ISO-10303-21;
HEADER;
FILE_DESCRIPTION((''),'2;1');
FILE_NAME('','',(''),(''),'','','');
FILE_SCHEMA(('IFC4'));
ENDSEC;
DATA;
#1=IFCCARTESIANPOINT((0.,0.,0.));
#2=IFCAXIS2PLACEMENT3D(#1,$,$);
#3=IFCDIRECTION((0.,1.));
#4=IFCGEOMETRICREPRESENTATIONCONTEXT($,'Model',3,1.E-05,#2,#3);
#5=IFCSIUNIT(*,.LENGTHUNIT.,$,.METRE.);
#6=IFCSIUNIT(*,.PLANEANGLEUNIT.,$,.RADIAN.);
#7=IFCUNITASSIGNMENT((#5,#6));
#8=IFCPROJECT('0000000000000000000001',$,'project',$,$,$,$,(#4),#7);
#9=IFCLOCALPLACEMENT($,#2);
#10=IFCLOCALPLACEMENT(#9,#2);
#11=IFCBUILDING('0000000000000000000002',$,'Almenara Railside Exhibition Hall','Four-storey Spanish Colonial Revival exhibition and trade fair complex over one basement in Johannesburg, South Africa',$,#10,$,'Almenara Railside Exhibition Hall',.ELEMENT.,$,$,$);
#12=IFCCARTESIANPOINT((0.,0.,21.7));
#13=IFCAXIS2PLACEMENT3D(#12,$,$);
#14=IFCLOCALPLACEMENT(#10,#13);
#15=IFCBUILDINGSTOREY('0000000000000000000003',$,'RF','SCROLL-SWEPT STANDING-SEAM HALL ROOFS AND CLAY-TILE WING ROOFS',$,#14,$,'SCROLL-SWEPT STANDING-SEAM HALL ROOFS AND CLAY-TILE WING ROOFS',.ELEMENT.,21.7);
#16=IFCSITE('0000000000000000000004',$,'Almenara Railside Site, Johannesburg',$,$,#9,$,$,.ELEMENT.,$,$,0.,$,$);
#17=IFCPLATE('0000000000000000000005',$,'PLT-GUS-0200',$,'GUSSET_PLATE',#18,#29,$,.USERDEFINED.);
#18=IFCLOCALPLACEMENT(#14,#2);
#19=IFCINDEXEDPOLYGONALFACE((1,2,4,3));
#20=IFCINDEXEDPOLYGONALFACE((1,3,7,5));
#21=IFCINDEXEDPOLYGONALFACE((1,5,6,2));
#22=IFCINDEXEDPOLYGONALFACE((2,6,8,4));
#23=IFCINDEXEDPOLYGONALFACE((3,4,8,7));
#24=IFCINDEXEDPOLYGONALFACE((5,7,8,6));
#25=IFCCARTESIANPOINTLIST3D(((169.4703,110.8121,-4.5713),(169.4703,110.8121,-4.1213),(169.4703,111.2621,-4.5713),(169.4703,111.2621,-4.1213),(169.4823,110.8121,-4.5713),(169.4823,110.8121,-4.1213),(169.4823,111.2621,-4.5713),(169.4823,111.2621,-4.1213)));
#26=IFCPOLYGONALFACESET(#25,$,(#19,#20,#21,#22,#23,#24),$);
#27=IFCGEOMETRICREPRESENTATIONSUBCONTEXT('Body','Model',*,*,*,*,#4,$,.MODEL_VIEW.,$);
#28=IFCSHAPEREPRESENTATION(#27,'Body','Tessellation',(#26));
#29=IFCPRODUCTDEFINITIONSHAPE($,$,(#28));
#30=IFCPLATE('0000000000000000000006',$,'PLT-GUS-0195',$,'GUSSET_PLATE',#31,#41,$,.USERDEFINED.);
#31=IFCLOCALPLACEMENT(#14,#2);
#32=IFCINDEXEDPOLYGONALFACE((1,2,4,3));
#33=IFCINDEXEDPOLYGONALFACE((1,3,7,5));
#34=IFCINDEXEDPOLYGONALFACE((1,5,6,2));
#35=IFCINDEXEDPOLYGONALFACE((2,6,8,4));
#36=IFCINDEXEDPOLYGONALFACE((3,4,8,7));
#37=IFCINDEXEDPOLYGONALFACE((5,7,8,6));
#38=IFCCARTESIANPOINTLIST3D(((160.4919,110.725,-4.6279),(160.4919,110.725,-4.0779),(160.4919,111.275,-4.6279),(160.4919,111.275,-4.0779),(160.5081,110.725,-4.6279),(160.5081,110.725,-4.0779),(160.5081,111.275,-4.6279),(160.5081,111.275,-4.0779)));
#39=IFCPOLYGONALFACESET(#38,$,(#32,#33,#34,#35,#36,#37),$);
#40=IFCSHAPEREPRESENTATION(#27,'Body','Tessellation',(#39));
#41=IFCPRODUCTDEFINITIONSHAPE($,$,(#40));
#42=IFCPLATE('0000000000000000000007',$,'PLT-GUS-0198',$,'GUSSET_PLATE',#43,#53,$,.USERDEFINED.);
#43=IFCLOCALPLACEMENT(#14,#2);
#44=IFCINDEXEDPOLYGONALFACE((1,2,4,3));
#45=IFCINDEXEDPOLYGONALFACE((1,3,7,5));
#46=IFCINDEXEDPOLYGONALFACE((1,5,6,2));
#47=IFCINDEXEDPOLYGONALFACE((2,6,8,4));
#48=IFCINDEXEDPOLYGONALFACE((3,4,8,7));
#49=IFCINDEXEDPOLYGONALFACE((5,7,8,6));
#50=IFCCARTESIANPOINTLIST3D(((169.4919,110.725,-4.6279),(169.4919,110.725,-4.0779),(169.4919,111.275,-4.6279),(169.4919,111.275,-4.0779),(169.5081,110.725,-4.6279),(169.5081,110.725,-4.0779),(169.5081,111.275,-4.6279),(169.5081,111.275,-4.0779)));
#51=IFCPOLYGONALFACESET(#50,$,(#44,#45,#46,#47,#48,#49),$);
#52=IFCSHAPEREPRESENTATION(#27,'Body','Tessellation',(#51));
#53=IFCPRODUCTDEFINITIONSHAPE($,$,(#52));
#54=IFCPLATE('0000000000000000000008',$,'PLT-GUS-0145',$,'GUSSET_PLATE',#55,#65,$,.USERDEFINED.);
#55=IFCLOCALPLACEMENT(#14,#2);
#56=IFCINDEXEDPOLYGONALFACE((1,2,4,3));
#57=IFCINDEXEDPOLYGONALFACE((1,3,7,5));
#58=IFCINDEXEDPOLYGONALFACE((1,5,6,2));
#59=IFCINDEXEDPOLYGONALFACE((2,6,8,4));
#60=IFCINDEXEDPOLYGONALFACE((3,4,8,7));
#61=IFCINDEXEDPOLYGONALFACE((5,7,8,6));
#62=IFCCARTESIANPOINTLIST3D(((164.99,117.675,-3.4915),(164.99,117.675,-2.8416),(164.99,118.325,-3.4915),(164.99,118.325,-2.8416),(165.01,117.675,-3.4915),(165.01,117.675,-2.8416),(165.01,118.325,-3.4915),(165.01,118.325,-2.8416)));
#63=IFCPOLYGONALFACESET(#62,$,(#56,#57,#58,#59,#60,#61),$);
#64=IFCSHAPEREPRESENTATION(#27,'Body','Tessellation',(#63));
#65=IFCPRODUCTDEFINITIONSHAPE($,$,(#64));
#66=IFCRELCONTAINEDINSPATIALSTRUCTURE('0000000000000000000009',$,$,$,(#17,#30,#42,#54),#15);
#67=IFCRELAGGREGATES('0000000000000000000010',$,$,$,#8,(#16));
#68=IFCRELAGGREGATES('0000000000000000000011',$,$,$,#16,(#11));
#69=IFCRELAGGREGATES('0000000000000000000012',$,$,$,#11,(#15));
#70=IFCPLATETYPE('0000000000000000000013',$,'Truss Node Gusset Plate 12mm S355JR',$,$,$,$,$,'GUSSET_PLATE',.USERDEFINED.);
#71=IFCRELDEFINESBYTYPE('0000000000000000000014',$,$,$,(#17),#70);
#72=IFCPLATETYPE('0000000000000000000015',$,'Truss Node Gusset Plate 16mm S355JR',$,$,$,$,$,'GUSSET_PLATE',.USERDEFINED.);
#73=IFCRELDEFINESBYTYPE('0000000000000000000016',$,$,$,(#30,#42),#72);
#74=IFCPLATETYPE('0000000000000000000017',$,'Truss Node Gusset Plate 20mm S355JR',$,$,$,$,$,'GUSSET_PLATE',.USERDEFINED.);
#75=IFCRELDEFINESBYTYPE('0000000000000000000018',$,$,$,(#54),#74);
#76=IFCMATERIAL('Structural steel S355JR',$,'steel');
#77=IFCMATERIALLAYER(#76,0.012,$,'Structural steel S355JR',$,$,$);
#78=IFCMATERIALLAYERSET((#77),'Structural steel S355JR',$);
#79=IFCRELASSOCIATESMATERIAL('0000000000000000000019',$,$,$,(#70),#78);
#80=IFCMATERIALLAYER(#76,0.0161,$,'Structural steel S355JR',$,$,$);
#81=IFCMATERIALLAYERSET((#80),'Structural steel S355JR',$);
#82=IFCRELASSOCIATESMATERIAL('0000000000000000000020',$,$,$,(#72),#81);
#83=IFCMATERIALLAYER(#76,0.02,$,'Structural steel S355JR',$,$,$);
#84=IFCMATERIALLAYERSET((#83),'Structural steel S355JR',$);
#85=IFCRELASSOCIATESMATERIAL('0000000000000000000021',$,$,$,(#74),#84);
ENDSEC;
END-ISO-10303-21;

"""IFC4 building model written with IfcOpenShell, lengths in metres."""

from ifc_helpers import new_model, si_unit, direction, frame, origin, origin_2d, place, context, subcontext, project, spatial, rectangle, extrude, material, layer, layer_set, type_object, element, save


model = new_model("IFC4")

# Units and contexts
model_context = context("Model", 3, precision=1e-05, world=origin(), true_north=direction((0.0, 1.0)))
body_context = subcontext(model_context, "Body", "Model", "MODEL_VIEW")
ifc_project = project(units=[si_unit("LENGTHUNIT", "METRE"), si_unit("PLANEANGLEUNIT", "RADIAN")], contexts=[model_context])

# Site, building, storey
site_placement = place(None, origin())
site = spatial("IfcSite", under=ifc_project, at=site_placement, Name="Almenara Railside Site, Johannesburg", CompositionType="ELEMENT", RefElevation=0.0)
building_placement = place(site_placement, origin())
building = spatial("IfcBuilding", under=site, at=building_placement, Name="Almenara Railside Exhibition Hall", Description="Four-storey Spanish Colonial Revival exhibition and trade fair complex over one basement in Johannesburg, South Africa", LongName="Almenara Railside Exhibition Hall", CompositionType="ELEMENT")
storey_placement = place(building_placement, frame((0.0, 0.0, 21.7)))
storey = spatial("IfcBuildingStorey", under=building, at=storey_placement, Name="RF", Description="SCROLL-SWEPT STANDING-SEAM HALL ROOFS AND CLAY-TILE WING ROOFS", LongName="SCROLL-SWEPT STANDING-SEAM HALL ROOFS AND CLAY-TILE WING ROOFS", CompositionType="ELEMENT", Elevation=21.7)

# Shared definitions
ifc_material_1 = material(Name="Structural steel S355JR", Category="steel")

# Plates
ifc_layer_1 = layer(ifc_material_1, 0.012, Name="Structural steel S355JR")
ifc_layer_set_1 = layer_set([ifc_layer_1], Name="Structural steel S355JR")
plate_type_1 = type_object("IfcPlateType", Name="Truss Node Gusset Plate 12mm S355JR", ElementType="GUSSET_PLATE", PredefinedType="USERDEFINED", material=ifc_layer_set_1)
for number, where, z_axis, x_axis, name in (
    (1, (169.4763, 111.0371, -4.5713), (0.0, 0.0, 1.0), (0.0, 1.0, 0.0), "PLT-GUS-0200"),
):
    element("IfcPlate", number, at=place(storey_placement, frame(where, z_axis=z_axis, x_axis=x_axis)), inside=storey, type_object=plate_type_1, Name=name, ObjectType="GUSSET_PLATE", PredefinedType="USERDEFINED", context=body_context, shape_type="SweptSolid", body=[
        extrude(rectangle(XDim=0.45, YDim=0.012, at=origin_2d()), origin(), (0.0, 0.0, 1.0), 0.45),
    ])
ifc_layer_2 = layer(ifc_material_1, 0.0161, Name="Structural steel S355JR")
ifc_layer_set_2 = layer_set([ifc_layer_2], Name="Structural steel S355JR")
plate_type_2 = type_object("IfcPlateType", Name="Truss Node Gusset Plate 16mm S355JR", ElementType="GUSSET_PLATE", PredefinedType="USERDEFINED", material=ifc_layer_set_2)
for number, where, z_axis, x_axis, name in (
    (2, (160.5, 111.0, -4.6279), (0.0, 0.0, 1.0), (0.0, 1.0, 0.0), "PLT-GUS-0195"),
    (3, (169.5, 111.0, -4.6279), (0.0, 0.0, 1.0), (0.0, 1.0, 0.0), "PLT-GUS-0198"),
):
    element("IfcPlate", number, at=place(storey_placement, frame(where, z_axis=z_axis, x_axis=x_axis)), inside=storey, type_object=plate_type_2, Name=name, ObjectType="GUSSET_PLATE", PredefinedType="USERDEFINED", context=body_context, shape_type="SweptSolid", body=[
        extrude(rectangle(XDim=0.55, YDim=0.0161, at=origin_2d()), origin(), (0.0, 0.0, 1.0), 0.55),
    ])
ifc_layer_3 = layer(ifc_material_1, 0.02, Name="Structural steel S355JR")
ifc_layer_set_3 = layer_set([ifc_layer_3], Name="Structural steel S355JR")
plate_type_3 = type_object("IfcPlateType", Name="Truss Node Gusset Plate 20mm S355JR", ElementType="GUSSET_PLATE", PredefinedType="USERDEFINED", material=ifc_layer_set_3)
plate_placement = place(storey_placement, frame((165.0, 118.0, -3.4915), z_axis=(0.0, 0.0, 1.0), x_axis=(0.0, 1.0, 0.0)))
element("IfcPlate", 4, at=plate_placement, inside=storey, type_object=plate_type_3, Name="PLT-GUS-0145", ObjectType="GUSSET_PLATE", PredefinedType="USERDEFINED", context=body_context, shape_type="SweptSolid", body=[
    extrude(rectangle(XDim=0.6499, YDim=0.02, at=origin_2d()), origin(), (0.0, 0.0, 1.0), 0.6499),
])

save(model, "model.ifc")
